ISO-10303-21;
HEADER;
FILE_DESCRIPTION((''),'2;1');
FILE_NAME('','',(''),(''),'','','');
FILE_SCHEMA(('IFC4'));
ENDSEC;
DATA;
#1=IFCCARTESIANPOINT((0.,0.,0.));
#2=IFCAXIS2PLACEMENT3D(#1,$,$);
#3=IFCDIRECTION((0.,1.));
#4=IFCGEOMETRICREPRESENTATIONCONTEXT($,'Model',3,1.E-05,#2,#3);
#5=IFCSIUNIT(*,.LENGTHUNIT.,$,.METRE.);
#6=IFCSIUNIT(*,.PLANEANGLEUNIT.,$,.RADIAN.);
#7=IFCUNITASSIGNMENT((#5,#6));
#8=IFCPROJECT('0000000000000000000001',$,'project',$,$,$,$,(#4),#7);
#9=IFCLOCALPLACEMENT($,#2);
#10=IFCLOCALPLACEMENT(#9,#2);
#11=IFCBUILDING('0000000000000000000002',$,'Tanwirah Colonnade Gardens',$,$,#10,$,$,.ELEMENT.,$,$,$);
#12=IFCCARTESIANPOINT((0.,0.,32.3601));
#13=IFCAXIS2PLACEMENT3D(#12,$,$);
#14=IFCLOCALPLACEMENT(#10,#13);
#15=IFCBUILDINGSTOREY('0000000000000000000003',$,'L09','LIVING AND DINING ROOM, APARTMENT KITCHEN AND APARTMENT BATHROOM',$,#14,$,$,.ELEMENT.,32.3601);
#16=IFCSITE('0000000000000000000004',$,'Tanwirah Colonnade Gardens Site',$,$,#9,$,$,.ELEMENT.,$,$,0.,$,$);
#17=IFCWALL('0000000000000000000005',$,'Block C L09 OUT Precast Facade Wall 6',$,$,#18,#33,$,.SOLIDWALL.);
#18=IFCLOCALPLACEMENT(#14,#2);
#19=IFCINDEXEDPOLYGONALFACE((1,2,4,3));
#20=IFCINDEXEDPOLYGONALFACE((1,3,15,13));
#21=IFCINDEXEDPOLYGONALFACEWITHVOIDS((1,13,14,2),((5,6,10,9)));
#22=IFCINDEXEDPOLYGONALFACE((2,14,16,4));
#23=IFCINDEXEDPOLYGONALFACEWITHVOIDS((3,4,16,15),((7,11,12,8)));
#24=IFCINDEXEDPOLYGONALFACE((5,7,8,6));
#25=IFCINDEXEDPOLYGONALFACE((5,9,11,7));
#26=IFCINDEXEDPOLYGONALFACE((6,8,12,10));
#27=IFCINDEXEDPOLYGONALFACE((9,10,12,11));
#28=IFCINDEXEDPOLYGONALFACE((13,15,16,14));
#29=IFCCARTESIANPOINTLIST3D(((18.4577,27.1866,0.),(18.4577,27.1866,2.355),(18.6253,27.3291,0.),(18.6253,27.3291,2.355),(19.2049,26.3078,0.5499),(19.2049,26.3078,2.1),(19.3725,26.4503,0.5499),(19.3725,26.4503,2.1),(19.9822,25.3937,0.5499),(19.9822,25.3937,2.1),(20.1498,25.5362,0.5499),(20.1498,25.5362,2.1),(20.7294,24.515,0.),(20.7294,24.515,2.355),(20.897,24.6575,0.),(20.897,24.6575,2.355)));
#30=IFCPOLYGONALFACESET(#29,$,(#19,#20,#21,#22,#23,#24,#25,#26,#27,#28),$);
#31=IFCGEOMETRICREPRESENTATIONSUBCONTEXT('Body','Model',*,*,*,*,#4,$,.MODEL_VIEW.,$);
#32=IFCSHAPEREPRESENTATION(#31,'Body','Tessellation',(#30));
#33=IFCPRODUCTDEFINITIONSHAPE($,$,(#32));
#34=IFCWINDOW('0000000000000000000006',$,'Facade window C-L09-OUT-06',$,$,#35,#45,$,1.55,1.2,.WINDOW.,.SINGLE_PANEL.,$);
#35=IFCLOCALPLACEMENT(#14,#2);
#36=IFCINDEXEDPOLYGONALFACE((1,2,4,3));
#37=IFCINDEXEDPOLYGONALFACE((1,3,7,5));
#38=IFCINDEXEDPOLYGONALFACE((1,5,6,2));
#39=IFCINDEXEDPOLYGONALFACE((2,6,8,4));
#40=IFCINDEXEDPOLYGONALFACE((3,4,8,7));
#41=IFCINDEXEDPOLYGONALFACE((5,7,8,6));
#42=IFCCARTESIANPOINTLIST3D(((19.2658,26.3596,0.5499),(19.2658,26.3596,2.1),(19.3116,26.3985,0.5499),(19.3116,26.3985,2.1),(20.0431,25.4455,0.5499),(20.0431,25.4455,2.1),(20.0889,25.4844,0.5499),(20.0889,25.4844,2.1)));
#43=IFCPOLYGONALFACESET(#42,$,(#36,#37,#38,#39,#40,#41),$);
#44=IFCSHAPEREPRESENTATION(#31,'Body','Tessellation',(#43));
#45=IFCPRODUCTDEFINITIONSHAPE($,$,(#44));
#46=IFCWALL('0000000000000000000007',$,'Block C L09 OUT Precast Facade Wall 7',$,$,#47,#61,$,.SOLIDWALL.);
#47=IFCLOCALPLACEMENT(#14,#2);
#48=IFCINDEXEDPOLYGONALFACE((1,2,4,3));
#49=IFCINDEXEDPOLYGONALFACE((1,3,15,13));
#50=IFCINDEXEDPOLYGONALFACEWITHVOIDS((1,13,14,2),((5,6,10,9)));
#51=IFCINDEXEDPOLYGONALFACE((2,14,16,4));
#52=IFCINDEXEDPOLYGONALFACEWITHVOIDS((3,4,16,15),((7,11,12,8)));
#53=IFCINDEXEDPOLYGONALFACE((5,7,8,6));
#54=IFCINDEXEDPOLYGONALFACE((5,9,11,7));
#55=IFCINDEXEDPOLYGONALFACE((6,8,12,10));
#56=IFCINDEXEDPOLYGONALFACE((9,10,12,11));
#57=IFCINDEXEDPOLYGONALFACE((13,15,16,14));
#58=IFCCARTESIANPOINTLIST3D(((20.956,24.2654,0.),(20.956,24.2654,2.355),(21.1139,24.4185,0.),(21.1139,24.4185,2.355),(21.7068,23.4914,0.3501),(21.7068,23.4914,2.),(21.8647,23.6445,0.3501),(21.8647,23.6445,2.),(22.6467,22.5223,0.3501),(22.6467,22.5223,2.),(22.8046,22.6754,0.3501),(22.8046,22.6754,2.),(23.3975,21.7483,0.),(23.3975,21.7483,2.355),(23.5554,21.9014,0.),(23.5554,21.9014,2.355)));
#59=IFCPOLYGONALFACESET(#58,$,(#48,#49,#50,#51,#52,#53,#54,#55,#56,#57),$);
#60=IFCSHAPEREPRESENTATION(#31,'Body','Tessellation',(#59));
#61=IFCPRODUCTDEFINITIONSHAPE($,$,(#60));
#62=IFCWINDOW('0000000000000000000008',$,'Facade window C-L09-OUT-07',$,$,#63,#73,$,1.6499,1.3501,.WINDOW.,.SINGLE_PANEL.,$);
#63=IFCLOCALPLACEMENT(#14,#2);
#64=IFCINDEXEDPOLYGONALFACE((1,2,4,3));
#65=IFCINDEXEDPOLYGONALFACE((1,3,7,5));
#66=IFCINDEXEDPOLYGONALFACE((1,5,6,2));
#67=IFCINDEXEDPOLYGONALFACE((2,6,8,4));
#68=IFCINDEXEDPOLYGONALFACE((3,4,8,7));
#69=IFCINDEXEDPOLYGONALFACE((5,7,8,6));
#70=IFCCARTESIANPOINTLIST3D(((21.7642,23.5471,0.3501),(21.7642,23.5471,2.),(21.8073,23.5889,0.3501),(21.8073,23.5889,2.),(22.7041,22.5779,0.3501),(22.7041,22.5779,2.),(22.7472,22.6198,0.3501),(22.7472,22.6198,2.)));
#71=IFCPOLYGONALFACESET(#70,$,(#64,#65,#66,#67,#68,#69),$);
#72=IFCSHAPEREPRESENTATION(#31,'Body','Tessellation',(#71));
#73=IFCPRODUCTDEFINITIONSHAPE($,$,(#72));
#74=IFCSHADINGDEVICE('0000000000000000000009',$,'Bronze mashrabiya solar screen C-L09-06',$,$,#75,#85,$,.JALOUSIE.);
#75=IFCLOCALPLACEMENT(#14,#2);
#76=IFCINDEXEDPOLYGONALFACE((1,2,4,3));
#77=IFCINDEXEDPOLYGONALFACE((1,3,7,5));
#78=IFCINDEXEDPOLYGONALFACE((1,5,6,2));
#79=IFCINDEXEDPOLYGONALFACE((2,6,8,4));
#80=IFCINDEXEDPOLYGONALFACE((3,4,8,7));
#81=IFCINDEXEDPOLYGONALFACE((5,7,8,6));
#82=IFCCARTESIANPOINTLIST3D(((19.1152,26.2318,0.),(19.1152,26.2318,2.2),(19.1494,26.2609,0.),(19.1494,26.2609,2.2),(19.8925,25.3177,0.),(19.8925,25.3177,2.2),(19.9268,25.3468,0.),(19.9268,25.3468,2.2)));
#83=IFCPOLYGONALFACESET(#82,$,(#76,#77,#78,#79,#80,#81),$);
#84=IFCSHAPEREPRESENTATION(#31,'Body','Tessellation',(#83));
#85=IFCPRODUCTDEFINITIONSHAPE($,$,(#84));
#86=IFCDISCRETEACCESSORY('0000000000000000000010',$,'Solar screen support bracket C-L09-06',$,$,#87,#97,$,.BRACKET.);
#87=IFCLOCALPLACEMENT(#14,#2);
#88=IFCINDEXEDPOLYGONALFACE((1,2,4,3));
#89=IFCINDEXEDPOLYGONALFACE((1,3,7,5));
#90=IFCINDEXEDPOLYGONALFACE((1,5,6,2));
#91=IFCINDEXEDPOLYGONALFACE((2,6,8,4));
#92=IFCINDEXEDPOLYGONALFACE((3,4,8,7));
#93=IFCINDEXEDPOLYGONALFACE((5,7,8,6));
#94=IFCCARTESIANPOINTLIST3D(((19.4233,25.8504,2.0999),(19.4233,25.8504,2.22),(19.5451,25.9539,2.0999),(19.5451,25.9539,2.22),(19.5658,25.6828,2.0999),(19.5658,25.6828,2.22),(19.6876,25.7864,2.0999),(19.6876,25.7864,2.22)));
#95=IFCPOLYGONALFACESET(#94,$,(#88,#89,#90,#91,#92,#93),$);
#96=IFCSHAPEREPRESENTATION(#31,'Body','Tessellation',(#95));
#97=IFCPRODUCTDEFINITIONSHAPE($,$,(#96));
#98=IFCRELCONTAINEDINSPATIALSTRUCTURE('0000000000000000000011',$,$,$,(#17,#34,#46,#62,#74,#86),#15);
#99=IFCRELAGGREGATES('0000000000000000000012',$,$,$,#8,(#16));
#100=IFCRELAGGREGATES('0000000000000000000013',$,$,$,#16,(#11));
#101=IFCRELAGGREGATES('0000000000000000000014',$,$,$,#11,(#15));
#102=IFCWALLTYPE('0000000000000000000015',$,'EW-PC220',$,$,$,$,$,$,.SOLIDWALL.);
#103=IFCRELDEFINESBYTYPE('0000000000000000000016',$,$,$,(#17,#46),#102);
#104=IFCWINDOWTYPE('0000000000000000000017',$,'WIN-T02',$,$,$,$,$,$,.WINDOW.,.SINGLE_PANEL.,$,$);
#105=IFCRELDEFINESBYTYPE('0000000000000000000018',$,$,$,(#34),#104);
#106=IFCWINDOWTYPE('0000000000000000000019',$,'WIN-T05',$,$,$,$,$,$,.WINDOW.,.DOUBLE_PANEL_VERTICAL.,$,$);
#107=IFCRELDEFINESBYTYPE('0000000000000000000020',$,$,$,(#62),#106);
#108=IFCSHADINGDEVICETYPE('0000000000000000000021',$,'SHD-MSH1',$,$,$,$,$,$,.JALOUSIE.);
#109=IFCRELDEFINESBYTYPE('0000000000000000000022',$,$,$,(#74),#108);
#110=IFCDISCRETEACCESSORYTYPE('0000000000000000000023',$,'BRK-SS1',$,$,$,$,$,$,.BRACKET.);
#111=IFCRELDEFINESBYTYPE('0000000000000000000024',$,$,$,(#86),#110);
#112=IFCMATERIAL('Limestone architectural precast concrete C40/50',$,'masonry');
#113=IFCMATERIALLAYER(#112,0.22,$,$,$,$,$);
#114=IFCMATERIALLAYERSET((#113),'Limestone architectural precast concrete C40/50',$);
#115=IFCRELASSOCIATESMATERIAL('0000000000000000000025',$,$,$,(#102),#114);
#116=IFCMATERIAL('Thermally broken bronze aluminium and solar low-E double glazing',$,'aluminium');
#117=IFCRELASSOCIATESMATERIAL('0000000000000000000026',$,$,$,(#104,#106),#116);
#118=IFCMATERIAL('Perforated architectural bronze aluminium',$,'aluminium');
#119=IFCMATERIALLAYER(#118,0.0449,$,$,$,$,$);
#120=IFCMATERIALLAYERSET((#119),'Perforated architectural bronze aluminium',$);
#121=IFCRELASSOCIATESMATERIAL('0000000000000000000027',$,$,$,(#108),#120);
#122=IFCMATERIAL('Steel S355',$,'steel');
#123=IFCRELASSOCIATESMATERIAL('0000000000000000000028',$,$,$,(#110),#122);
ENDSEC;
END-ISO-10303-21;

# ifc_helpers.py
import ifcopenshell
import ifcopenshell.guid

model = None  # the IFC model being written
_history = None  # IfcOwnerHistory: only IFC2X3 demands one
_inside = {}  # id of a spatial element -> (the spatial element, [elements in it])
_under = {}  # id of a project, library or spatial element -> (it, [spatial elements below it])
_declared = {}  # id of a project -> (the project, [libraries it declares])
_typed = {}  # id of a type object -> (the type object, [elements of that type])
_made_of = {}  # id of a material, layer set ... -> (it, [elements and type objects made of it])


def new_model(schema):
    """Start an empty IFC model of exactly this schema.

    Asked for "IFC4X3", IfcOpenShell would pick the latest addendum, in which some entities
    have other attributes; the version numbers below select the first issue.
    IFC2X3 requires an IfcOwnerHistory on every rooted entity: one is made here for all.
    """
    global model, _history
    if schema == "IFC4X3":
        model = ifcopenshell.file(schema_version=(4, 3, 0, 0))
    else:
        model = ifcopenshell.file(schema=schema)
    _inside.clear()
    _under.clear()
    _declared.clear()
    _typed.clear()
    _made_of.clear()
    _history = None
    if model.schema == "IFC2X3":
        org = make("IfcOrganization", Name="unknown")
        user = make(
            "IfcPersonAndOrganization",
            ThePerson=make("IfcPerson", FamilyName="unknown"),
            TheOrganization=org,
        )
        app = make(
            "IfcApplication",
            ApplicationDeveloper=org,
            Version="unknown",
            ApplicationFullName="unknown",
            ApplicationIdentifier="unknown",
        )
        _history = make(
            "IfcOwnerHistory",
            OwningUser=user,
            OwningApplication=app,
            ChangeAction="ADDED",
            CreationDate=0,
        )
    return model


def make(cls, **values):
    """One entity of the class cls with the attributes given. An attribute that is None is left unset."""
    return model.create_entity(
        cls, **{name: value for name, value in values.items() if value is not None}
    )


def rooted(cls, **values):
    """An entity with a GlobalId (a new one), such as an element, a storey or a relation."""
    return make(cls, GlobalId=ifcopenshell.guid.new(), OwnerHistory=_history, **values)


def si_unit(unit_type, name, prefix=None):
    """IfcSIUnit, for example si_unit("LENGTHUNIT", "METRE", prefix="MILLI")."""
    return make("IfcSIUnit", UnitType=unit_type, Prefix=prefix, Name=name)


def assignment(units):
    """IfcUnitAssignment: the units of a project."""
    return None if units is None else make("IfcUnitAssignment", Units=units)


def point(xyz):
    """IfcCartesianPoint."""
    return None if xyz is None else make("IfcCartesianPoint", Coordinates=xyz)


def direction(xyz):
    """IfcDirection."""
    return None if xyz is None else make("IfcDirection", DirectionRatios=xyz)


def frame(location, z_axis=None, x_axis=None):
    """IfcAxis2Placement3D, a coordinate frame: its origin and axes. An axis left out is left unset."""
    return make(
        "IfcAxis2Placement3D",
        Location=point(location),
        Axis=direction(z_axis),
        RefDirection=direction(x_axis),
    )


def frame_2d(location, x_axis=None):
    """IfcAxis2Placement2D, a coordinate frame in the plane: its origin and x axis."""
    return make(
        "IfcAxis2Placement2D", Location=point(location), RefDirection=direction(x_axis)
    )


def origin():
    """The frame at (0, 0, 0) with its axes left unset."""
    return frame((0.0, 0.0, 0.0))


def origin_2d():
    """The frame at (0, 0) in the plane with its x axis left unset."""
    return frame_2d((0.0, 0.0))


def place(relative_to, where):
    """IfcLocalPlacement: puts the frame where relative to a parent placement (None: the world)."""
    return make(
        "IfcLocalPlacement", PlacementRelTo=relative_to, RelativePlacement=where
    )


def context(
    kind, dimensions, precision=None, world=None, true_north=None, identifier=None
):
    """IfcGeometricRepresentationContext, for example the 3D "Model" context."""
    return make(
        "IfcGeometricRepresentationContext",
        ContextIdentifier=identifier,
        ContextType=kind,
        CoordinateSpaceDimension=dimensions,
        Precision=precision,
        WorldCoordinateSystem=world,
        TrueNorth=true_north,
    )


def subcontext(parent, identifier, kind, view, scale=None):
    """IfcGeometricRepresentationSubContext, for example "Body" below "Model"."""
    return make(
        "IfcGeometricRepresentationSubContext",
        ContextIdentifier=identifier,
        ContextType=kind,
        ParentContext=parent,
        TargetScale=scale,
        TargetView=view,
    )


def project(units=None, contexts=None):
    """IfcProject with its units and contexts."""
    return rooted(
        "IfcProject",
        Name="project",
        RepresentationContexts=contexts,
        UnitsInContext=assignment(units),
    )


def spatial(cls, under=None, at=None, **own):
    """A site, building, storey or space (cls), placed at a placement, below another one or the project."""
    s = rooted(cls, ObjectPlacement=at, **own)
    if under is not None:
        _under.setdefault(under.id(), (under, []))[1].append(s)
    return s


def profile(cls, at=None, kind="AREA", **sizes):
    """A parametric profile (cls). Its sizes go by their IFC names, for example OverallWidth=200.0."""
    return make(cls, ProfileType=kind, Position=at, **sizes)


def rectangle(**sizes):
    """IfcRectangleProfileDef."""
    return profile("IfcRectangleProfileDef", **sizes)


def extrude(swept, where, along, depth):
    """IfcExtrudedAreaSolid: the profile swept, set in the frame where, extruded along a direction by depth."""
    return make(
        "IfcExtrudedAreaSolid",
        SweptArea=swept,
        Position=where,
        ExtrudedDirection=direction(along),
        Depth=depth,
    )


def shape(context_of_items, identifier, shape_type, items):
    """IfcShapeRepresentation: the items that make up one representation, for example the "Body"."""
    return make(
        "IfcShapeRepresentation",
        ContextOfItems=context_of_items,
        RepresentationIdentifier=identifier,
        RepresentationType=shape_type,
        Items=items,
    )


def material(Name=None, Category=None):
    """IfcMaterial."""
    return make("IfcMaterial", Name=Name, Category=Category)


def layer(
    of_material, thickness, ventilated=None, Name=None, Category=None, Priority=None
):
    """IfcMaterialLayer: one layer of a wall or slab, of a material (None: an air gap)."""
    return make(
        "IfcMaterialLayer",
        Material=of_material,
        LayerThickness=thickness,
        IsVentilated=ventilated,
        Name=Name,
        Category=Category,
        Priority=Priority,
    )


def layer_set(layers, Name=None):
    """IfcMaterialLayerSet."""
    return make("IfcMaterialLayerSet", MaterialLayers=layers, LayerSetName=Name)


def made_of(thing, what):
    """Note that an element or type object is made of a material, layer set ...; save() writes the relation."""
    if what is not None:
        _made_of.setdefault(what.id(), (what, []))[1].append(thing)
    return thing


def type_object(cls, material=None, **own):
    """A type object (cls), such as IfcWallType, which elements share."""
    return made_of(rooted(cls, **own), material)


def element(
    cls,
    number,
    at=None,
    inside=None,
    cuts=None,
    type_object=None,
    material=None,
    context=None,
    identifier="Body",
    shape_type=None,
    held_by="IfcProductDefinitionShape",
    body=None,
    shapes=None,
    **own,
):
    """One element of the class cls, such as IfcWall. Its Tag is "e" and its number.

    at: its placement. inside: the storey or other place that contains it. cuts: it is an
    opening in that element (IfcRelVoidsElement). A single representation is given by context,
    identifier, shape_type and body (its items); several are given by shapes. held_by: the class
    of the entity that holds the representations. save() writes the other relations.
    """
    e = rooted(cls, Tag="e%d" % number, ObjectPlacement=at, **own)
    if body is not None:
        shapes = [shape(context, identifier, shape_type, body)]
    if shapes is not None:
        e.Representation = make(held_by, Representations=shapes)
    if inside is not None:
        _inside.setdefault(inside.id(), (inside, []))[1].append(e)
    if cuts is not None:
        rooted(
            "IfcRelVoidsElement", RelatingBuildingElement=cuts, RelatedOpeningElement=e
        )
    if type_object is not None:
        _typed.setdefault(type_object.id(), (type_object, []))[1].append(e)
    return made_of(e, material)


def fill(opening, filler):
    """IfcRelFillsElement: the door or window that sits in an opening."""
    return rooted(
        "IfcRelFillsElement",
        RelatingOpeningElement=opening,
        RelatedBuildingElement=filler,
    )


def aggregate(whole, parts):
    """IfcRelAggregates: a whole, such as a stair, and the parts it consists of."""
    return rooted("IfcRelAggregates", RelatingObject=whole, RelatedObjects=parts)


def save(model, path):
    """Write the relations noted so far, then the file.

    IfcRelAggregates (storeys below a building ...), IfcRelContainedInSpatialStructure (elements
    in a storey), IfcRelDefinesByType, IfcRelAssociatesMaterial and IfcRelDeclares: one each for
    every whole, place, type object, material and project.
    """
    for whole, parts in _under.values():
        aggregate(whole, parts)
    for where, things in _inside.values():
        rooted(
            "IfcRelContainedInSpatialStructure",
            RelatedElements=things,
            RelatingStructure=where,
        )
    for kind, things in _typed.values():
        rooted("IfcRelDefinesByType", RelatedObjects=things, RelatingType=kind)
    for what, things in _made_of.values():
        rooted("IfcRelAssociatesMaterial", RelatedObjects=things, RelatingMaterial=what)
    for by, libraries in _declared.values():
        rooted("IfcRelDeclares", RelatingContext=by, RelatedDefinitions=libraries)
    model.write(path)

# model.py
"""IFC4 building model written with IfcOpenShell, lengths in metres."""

from ifc_helpers import new_model, si_unit, direction, frame, frame_2d, origin, origin_2d, place, context, subcontext, project, spatial, rectangle, extrude, material, layer, layer_set, type_object, element, fill, save


model = new_model("IFC4")

# Units and contexts
model_context = context("Model", 3, precision=1e-05, world=origin(), true_north=direction((0.0, 1.0)))
body_context = subcontext(model_context, "Body", "Model", "MODEL_VIEW")
ifc_project = project(units=[si_unit("LENGTHUNIT", "METRE"), si_unit("PLANEANGLEUNIT", "RADIAN")], contexts=[model_context])

# Site, building, storey
site_placement = place(None, origin())
site = spatial("IfcSite", under=ifc_project, at=site_placement, Name="Tanwirah Colonnade Gardens Site", CompositionType="ELEMENT", RefElevation=0.0)
building_placement = place(site_placement, origin())
building = spatial("IfcBuilding", under=site, at=building_placement, Name="Tanwirah Colonnade Gardens", CompositionType="ELEMENT")
storey_placement = place(building_placement, frame((0.0, 0.0, 32.3601)))
storey = spatial("IfcBuildingStorey", under=building, at=storey_placement, Name="L09", Description="LIVING AND DINING ROOM, APARTMENT KITCHEN AND APARTMENT BATHROOM", CompositionType="ELEMENT", Elevation=32.3601)

# Walls, openings, windows
ifc_material_1 = material(Name="Limestone architectural precast concrete C40/50", Category="masonry")
ifc_layer_1 = layer(ifc_material_1, 0.22)
ifc_layer_set_1 = layer_set([ifc_layer_1], Name="Limestone architectural precast concrete C40/50")
wall_type = type_object("IfcWallType", Name="EW-PC220", PredefinedType="SOLIDWALL", material=ifc_layer_set_1)
wall_1_placement = place(storey_placement, frame((18.5415, 27.2578, 0.0), z_axis=(0.0, 0.0, 1.0), x_axis=(0.647788, -0.761821, 0.0)))
wall_1 = element("IfcWall", 1, at=wall_1_placement, inside=storey, type_object=wall_type, Name="Block C L09 OUT Precast Facade Wall 6", PredefinedType="SOLIDWALL", context=body_context, shape_type="SweptSolid", body=[
    extrude(rectangle(XDim=3.5068, YDim=0.22, at=frame_2d((1.7534, 0.0))), origin(), (0.0, 0.0, 1.0), 2.355),
])
opening_1_placement = place(wall_1_placement, frame((1.1533, 0.0, 0.55)))
opening_1 = element("IfcOpeningElement", 2, at=opening_1_placement, cuts=wall_1, PredefinedType="OPENING", context=body_context, shape_type="SweptSolid", body=[
    extrude(rectangle(XDim=1.2, YDim=1.55, at=frame_2d((0.6001, 0.7749))), frame((0.0, 0.1199, 0.0), z_axis=(0.0, -1.0, 0.0), x_axis=(1.0, 0.0, 0.0)), (0.0, 0.0, 1.0), 0.24),
])
ifc_material_2 = material(Name="Thermally broken bronze aluminium and solar low-E double glazing", Category="aluminium")
window_type_1 = type_object("IfcWindowType", Name="WIN-T02", PartitioningType="SINGLE_PANEL", PredefinedType="WINDOW", material=ifc_material_2)
window_1_placement = place(opening_1_placement, origin())
window_1 = element("IfcWindow", 3, at=window_1_placement, inside=storey, type_object=window_type_1, Name="Facade window C-L09-OUT-06", OverallHeight=1.55, OverallWidth=1.2, PartitioningType="SINGLE_PANEL", PredefinedType="WINDOW", context=body_context, shape_type="SweptSolid", body=[
    extrude(rectangle(XDim=1.2, YDim=1.55, at=frame_2d((0.6001, 0.7749))), frame((0.0, 0.03, 0.0), z_axis=(0.0, -1.0, 0.0), x_axis=(1.0, 0.0, 0.0)), (0.0, 0.0, 1.0), 0.0601),
])
fill(opening_1, window_1)
wall_2_placement = place(storey_placement, frame((21.0349, 24.342, 0.0), z_axis=(0.0, 0.0, 1.0), x_axis=(0.696233, -0.717816, 0.0)))
wall_2 = element("IfcWall", 4, at=wall_2_placement, inside=storey, type_object=wall_type, Name="Block C L09 OUT Precast Facade Wall 7", PredefinedType="SOLIDWALL", context=body_context, shape_type="SweptSolid", body=[
    extrude(rectangle(XDim=3.5066, YDim=0.22, at=frame_2d((1.7534, 0.0))), origin(), (0.0, 0.0, 1.0), 2.355),
])
opening_2_placement = place(wall_2_placement, frame((1.0784, 0.0, 0.3501)))
opening_2 = element("IfcOpeningElement", 5, at=opening_2_placement, cuts=wall_2, PredefinedType="OPENING", context=body_context, shape_type="SweptSolid", body=[
    extrude(rectangle(XDim=1.3501, YDim=1.6499, at=frame_2d((0.675, 0.825))), frame((0.0, 0.1199, 0.0), z_axis=(0.0, -1.0, 0.0), x_axis=(1.0, 0.0, 0.0)), (0.0, 0.0, 1.0), 0.24),
])
window_type_2 = type_object("IfcWindowType", Name="WIN-T05", PartitioningType="DOUBLE_PANEL_VERTICAL", PredefinedType="WINDOW", material=ifc_material_2)
window_2_placement = place(opening_2_placement, origin())
window_2 = element("IfcWindow", 6, at=window_2_placement, inside=storey, type_object=window_type_2, Name="Facade window C-L09-OUT-07", OverallHeight=1.6499, OverallWidth=1.3501, PartitioningType="SINGLE_PANEL", PredefinedType="WINDOW", context=body_context, shape_type="SweptSolid", body=[
    extrude(rectangle(XDim=1.3501, YDim=1.6499, at=frame_2d((0.675, 0.825))), frame((0.0, 0.03, 0.0), z_axis=(0.0, -1.0, 0.0), x_axis=(1.0, 0.0, 0.0)), (0.0, 0.0, 1.0), 0.0601),
])
fill(opening_2, window_2)

# Shading device
ifc_material_3 = material(Name="Perforated architectural bronze aluminium", Category="aluminium")
ifc_layer_2 = layer(ifc_material_3, 0.0449)
ifc_layer_set_2 = layer_set([ifc_layer_2], Name="Perforated architectural bronze aluminium")
shading_device_type = type_object("IfcShadingDeviceType", Name="SHD-MSH1", PredefinedType="JALOUSIE", material=ifc_layer_set_2)
shading_device_placement = place(storey_placement, frame((19.521, 25.7893, 0.0), z_axis=(0.0, 0.0, 1.0), x_axis=(0.647789, -0.76182, 0.0)))
element("IfcShadingDevice", 7, at=shading_device_placement, inside=storey, type_object=shading_device_type, Name="Bronze mashrabiya solar screen C-L09-06", PredefinedType="JALOUSIE", context=body_context, shape_type="SweptSolid", body=[
    extrude(rectangle(XDim=1.2, YDim=0.0449, at=origin_2d()), origin(), (0.0, 0.0, 1.0), 2.2),
])

# Discrete accessory
ifc_material_4 = material(Name="Steel S355", Category="steel")
discrete_accessory_type = type_object("IfcDiscreteAccessoryType", Name="BRK-SS1", PredefinedType="BRACKET", material=ifc_material_4)
discrete_accessory_placement = place(storey_placement, frame((19.5554, 25.8184, 2.0999), z_axis=(0.0, 0.0, 1.0), x_axis=(0.647789, -0.76182, 0.0)))
element("IfcDiscreteAccessory", 8, at=discrete_accessory_placement, inside=storey, type_object=discrete_accessory_type, Name="Solar screen support bracket C-L09-06", PredefinedType="BRACKET", context=body_context, shape_type="SweptSolid", body=[
    extrude(rectangle(XDim=0.22, YDim=0.1599, at=origin_2d()), origin(), (0.0, 0.0, 1.0), 0.1201),
])

save(model, "model.ifc")
